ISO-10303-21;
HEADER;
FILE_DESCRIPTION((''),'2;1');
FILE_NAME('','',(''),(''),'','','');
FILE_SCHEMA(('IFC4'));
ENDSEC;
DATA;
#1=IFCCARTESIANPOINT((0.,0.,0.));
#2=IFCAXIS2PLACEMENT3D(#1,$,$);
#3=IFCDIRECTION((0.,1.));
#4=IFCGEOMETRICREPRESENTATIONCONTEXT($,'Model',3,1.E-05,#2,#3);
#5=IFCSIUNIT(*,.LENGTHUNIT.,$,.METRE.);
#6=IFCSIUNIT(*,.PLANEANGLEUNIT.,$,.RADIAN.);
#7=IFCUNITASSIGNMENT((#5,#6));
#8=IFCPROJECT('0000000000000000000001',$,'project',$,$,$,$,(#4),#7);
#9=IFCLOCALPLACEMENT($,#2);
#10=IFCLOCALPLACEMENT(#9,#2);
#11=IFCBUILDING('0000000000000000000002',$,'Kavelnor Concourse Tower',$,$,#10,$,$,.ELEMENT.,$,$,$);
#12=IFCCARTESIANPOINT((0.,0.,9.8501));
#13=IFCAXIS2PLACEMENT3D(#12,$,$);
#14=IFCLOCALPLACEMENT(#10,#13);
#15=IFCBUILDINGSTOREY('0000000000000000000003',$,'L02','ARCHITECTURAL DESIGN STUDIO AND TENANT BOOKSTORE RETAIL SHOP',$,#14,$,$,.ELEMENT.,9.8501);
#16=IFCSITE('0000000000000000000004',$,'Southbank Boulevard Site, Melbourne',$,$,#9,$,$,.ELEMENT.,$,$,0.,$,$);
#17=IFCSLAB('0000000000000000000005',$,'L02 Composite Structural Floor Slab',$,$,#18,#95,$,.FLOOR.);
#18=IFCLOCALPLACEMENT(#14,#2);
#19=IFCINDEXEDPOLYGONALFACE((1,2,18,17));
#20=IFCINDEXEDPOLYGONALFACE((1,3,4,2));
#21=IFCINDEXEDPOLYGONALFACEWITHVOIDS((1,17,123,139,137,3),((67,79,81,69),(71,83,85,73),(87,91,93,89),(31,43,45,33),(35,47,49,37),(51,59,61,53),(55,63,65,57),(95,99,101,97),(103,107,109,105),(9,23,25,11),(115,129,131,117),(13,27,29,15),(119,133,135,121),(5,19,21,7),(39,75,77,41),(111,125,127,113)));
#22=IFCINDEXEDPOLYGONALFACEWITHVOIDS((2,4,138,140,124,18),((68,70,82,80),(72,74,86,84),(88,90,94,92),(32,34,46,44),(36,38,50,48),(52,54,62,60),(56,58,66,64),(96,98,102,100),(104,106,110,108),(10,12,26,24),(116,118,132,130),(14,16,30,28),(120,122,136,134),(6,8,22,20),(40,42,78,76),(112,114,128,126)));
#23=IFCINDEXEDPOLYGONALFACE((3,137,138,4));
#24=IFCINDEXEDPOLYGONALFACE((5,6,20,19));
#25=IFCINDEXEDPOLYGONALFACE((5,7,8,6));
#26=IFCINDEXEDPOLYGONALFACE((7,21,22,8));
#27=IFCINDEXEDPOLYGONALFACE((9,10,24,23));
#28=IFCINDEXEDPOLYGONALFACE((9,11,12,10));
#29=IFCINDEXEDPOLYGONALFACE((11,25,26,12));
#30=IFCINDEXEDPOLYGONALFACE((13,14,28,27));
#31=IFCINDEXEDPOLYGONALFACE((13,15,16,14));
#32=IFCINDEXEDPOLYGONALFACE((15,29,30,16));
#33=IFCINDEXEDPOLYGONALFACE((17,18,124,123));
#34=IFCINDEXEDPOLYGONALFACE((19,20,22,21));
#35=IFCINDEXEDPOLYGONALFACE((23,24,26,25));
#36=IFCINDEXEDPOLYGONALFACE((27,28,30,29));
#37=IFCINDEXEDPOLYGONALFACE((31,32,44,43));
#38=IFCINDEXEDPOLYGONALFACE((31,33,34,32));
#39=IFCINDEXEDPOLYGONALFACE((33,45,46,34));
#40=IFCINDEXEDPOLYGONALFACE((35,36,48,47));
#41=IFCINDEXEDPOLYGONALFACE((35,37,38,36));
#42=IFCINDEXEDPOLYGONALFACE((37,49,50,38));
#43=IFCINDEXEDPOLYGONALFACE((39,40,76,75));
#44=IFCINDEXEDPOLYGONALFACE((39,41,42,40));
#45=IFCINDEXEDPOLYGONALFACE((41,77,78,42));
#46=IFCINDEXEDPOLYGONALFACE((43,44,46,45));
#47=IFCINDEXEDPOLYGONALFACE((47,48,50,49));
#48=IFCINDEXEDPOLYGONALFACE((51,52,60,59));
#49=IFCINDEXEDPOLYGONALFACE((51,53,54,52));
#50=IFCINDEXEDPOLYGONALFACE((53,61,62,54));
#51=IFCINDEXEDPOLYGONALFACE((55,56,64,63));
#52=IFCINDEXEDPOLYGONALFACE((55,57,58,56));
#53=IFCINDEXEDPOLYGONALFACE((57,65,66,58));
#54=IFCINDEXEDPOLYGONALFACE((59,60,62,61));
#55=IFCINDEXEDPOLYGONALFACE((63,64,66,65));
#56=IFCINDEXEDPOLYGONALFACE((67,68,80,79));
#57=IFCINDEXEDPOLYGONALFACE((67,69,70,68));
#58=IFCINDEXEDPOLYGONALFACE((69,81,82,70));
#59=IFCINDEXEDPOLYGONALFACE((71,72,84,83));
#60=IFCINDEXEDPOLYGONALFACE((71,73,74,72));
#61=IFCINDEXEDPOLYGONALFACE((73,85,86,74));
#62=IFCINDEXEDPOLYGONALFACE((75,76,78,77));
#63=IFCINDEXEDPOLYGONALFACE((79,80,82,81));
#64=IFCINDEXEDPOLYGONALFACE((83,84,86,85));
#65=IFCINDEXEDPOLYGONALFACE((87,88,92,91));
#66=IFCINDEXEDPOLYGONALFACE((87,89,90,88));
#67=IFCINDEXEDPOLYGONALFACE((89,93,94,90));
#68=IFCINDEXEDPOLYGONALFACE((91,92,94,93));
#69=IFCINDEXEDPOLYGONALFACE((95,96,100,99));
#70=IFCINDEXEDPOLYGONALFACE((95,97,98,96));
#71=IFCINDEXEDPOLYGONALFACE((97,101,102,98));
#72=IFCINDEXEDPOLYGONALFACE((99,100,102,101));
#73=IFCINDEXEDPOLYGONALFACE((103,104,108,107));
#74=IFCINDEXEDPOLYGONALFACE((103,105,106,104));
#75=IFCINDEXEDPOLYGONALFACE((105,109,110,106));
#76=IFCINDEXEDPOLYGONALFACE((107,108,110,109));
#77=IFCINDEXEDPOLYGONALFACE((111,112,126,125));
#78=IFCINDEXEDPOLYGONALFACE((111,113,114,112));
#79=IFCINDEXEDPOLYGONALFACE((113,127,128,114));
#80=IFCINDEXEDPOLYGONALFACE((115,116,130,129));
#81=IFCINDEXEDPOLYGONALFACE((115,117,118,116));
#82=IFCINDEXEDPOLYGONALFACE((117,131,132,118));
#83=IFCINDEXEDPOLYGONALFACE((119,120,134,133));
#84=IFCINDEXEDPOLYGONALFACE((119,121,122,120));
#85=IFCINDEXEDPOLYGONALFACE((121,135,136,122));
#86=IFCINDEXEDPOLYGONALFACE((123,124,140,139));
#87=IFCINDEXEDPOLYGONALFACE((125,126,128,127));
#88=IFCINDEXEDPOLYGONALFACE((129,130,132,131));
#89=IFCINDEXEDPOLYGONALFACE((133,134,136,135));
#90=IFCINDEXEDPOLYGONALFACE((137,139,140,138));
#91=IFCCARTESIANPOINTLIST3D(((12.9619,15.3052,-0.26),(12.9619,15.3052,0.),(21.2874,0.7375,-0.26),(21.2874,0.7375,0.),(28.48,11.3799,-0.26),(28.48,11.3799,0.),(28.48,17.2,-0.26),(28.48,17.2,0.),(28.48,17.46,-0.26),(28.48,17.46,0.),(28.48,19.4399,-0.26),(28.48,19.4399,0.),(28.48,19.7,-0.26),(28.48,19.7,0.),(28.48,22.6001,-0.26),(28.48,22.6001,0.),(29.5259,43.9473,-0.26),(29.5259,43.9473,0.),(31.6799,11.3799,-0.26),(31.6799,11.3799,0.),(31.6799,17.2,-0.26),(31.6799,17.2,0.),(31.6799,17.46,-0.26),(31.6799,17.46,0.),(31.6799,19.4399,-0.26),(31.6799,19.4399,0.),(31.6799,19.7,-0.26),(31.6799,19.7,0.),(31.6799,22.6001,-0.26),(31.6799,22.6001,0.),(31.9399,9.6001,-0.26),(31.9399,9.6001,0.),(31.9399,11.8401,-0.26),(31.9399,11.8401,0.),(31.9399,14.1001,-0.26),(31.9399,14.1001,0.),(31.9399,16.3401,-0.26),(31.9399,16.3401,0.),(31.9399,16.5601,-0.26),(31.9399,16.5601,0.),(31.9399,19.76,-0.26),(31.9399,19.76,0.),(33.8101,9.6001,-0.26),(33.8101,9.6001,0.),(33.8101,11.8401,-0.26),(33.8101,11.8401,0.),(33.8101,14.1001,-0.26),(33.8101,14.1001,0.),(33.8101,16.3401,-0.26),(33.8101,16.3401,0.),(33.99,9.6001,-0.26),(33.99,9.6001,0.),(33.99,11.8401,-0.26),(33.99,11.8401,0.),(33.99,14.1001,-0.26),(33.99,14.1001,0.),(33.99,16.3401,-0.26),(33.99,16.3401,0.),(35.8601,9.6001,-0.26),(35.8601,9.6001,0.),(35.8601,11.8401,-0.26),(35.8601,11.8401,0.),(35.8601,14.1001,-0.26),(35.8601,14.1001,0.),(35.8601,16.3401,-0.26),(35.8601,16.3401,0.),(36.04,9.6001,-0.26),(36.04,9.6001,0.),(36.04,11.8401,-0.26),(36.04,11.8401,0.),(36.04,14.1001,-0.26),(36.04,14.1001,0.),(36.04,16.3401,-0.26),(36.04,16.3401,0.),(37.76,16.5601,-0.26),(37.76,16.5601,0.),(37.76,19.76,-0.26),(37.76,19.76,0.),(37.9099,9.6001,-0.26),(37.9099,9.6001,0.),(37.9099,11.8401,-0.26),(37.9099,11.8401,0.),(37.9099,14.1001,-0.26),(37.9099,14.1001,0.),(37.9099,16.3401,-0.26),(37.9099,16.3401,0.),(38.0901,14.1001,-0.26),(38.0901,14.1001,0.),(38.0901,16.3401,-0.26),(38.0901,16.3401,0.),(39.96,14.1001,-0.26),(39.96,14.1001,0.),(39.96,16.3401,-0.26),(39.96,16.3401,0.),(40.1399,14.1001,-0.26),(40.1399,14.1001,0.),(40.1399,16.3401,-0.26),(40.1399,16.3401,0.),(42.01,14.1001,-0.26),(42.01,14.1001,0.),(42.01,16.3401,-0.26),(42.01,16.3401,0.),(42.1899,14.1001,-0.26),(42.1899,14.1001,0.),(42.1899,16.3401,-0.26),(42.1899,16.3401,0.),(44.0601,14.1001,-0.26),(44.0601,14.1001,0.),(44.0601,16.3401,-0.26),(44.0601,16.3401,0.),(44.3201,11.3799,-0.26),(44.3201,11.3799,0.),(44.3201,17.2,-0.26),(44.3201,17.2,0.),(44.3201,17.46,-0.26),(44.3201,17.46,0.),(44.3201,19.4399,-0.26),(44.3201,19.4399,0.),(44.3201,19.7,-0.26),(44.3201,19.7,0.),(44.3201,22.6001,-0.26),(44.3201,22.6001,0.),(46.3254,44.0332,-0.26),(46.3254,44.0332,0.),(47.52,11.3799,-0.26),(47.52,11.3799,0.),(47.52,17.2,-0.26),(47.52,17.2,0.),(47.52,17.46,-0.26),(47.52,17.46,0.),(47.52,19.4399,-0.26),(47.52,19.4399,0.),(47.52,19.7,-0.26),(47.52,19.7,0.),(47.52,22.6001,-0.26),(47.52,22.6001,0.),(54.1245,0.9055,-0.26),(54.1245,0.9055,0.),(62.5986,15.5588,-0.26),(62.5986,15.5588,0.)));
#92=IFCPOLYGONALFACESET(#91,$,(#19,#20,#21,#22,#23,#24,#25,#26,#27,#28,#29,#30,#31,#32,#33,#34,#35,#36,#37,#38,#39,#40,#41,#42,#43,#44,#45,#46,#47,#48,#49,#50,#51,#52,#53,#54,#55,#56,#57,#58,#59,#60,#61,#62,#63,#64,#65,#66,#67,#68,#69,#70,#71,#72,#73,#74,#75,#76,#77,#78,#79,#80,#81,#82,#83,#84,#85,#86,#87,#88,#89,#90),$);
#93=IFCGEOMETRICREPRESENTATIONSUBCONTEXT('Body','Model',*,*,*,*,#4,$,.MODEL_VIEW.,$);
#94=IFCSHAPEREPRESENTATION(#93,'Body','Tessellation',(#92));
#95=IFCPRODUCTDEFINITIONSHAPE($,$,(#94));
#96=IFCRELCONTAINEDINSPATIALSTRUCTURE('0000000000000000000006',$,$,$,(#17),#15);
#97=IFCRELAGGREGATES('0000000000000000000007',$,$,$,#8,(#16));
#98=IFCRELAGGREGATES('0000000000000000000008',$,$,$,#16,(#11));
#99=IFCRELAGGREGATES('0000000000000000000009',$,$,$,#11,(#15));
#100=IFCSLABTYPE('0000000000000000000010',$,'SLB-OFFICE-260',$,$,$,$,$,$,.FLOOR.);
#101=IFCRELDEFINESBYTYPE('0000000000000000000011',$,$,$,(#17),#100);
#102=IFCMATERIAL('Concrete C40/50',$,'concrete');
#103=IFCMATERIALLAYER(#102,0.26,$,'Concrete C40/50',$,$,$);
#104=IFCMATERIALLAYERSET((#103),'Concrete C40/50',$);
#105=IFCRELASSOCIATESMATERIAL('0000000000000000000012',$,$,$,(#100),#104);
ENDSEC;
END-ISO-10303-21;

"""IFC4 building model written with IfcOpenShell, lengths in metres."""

from ifc_helpers import new_model, si_unit, direction, frame, origin, place, context, subcontext, project, spatial, polyline, outline, extrude, material, layer, layer_set, type_object, element, save


model = new_model("IFC4")

# Units and contexts
model_context = context("Model", 3, precision=1e-05, world=origin(), true_north=direction((0.0, 1.0)))
body_context = subcontext(model_context, "Body", "Model", "MODEL_VIEW")
ifc_project = project(units=[si_unit("LENGTHUNIT", "METRE"), si_unit("PLANEANGLEUNIT", "RADIAN")], contexts=[model_context])

# Site, building, storey
site_placement = place(None, origin())
site = spatial("IfcSite", under=ifc_project, at=site_placement, Name="Southbank Boulevard Site, Melbourne", CompositionType="ELEMENT", RefElevation=0.0)
building_placement = place(site_placement, origin())
building = spatial("IfcBuilding", under=site, at=building_placement, Name="Kavelnor Concourse Tower", CompositionType="ELEMENT")
storey_placement = place(building_placement, frame((0.0, 0.0, 9.8501)))
storey = spatial("IfcBuildingStorey", under=building, at=storey_placement, Name="L02", Description="ARCHITECTURAL DESIGN STUDIO AND TENANT BOOKSTORE RETAIL SHOP", CompositionType="ELEMENT", Elevation=9.8501)

# Shared definitions
ifc_material_1 = material(Name="Concrete C40/50", Category="concrete")

# Slab
ifc_layer_1 = layer(ifc_material_1, 0.26, Name="Concrete C40/50")
ifc_layer_set_1 = layer_set([ifc_layer_1], Name="Concrete C40/50")
slab_type_1 = type_object("IfcSlabType", Name="SLB-OFFICE-260", PredefinedType="FLOOR", material=ifc_layer_set_1)
slab_1_placement = place(storey_placement, frame((0.0, 0.0, -0.26)))
element("IfcSlab", 1, at=slab_1_placement, inside=storey, type_object=slab_type_1, Name="L02 Composite Structural Floor Slab", PredefinedType="FLOOR", context=body_context, shape_type="SweptSolid", body=[
    extrude(outline(polyline([(46.3254, 44.0332), (29.5259, 43.9473), (12.9619, 15.3052), (21.2874, 0.7375), (54.1245, 0.9055), (62.5986, 15.5588), (46.3254, 44.0332)]), holes=[polyline([(28.48, 11.3799), (31.6799, 11.3799), (31.6799, 17.2), (28.48, 17.2), (28.48, 11.3799)]), polyline([(44.3201, 11.3799), (47.52, 11.3799), (47.52, 17.2), (44.3201, 17.2), (44.3201, 11.3799)]), polyline([(31.9399, 16.5601), (37.76, 16.5601), (37.76, 19.76), (31.9399, 19.76), (31.9399, 16.5601)]), polyline([(28.48, 19.7), (31.6799, 19.7), (31.6799, 22.6001), (28.48, 22.6001), (28.48, 19.7)]), polyline([(44.3201, 19.7), (47.52, 19.7), (47.52, 22.6001), (44.3201, 22.6001), (44.3201, 19.7)]), polyline([(31.9399, 14.1001), (33.8101, 14.1001), (33.8101, 16.3401), (31.9399, 16.3401), (31.9399, 14.1001)]), polyline([(33.99, 14.1001), (35.8601, 14.1001), (35.8601, 16.3401), (33.99, 16.3401), (33.99, 14.1001)]), polyline([(36.04, 14.1001), (37.9099, 14.1001), (37.9099, 16.3401), (36.04, 16.3401), (36.04, 14.1001)]), polyline([(38.0901, 14.1001), (39.96, 14.1001), (39.96, 16.3401), (38.0901, 16.3401), (38.0901, 14.1001)]), polyline([(40.1399, 14.1001), (42.01, 14.1001), (42.01, 16.3401), (40.1399, 16.3401), (40.1399, 14.1001)]), polyline([(42.1899, 14.1001), (44.0601, 14.1001), (44.0601, 16.3401), (42.1899, 16.3401), (42.1899, 14.1001)]), polyline([(31.9399, 9.6001), (33.8101, 9.6001), (33.8101, 11.8401), (31.9399, 11.8401), (31.9399, 9.6001)]), polyline([(33.99, 9.6001), (35.8601, 9.6001), (35.8601, 11.8401), (33.99, 11.8401), (33.99, 9.6001)]), polyline([(36.04, 9.6001), (37.9099, 9.6001), (37.9099, 11.8401), (36.04, 11.8401), (36.04, 9.6001)]), polyline([(28.48, 17.46), (31.6799, 17.46), (31.6799, 19.4399), (28.48, 19.4399), (28.48, 17.46)]), polyline([(44.3201, 17.46), (47.52, 17.46), (47.52, 19.4399), (44.3201, 19.4399), (44.3201, 17.46)])]), origin(), (0.0, 0.0, 1.0), 0.26),
])

save(model, "model.ifc")
